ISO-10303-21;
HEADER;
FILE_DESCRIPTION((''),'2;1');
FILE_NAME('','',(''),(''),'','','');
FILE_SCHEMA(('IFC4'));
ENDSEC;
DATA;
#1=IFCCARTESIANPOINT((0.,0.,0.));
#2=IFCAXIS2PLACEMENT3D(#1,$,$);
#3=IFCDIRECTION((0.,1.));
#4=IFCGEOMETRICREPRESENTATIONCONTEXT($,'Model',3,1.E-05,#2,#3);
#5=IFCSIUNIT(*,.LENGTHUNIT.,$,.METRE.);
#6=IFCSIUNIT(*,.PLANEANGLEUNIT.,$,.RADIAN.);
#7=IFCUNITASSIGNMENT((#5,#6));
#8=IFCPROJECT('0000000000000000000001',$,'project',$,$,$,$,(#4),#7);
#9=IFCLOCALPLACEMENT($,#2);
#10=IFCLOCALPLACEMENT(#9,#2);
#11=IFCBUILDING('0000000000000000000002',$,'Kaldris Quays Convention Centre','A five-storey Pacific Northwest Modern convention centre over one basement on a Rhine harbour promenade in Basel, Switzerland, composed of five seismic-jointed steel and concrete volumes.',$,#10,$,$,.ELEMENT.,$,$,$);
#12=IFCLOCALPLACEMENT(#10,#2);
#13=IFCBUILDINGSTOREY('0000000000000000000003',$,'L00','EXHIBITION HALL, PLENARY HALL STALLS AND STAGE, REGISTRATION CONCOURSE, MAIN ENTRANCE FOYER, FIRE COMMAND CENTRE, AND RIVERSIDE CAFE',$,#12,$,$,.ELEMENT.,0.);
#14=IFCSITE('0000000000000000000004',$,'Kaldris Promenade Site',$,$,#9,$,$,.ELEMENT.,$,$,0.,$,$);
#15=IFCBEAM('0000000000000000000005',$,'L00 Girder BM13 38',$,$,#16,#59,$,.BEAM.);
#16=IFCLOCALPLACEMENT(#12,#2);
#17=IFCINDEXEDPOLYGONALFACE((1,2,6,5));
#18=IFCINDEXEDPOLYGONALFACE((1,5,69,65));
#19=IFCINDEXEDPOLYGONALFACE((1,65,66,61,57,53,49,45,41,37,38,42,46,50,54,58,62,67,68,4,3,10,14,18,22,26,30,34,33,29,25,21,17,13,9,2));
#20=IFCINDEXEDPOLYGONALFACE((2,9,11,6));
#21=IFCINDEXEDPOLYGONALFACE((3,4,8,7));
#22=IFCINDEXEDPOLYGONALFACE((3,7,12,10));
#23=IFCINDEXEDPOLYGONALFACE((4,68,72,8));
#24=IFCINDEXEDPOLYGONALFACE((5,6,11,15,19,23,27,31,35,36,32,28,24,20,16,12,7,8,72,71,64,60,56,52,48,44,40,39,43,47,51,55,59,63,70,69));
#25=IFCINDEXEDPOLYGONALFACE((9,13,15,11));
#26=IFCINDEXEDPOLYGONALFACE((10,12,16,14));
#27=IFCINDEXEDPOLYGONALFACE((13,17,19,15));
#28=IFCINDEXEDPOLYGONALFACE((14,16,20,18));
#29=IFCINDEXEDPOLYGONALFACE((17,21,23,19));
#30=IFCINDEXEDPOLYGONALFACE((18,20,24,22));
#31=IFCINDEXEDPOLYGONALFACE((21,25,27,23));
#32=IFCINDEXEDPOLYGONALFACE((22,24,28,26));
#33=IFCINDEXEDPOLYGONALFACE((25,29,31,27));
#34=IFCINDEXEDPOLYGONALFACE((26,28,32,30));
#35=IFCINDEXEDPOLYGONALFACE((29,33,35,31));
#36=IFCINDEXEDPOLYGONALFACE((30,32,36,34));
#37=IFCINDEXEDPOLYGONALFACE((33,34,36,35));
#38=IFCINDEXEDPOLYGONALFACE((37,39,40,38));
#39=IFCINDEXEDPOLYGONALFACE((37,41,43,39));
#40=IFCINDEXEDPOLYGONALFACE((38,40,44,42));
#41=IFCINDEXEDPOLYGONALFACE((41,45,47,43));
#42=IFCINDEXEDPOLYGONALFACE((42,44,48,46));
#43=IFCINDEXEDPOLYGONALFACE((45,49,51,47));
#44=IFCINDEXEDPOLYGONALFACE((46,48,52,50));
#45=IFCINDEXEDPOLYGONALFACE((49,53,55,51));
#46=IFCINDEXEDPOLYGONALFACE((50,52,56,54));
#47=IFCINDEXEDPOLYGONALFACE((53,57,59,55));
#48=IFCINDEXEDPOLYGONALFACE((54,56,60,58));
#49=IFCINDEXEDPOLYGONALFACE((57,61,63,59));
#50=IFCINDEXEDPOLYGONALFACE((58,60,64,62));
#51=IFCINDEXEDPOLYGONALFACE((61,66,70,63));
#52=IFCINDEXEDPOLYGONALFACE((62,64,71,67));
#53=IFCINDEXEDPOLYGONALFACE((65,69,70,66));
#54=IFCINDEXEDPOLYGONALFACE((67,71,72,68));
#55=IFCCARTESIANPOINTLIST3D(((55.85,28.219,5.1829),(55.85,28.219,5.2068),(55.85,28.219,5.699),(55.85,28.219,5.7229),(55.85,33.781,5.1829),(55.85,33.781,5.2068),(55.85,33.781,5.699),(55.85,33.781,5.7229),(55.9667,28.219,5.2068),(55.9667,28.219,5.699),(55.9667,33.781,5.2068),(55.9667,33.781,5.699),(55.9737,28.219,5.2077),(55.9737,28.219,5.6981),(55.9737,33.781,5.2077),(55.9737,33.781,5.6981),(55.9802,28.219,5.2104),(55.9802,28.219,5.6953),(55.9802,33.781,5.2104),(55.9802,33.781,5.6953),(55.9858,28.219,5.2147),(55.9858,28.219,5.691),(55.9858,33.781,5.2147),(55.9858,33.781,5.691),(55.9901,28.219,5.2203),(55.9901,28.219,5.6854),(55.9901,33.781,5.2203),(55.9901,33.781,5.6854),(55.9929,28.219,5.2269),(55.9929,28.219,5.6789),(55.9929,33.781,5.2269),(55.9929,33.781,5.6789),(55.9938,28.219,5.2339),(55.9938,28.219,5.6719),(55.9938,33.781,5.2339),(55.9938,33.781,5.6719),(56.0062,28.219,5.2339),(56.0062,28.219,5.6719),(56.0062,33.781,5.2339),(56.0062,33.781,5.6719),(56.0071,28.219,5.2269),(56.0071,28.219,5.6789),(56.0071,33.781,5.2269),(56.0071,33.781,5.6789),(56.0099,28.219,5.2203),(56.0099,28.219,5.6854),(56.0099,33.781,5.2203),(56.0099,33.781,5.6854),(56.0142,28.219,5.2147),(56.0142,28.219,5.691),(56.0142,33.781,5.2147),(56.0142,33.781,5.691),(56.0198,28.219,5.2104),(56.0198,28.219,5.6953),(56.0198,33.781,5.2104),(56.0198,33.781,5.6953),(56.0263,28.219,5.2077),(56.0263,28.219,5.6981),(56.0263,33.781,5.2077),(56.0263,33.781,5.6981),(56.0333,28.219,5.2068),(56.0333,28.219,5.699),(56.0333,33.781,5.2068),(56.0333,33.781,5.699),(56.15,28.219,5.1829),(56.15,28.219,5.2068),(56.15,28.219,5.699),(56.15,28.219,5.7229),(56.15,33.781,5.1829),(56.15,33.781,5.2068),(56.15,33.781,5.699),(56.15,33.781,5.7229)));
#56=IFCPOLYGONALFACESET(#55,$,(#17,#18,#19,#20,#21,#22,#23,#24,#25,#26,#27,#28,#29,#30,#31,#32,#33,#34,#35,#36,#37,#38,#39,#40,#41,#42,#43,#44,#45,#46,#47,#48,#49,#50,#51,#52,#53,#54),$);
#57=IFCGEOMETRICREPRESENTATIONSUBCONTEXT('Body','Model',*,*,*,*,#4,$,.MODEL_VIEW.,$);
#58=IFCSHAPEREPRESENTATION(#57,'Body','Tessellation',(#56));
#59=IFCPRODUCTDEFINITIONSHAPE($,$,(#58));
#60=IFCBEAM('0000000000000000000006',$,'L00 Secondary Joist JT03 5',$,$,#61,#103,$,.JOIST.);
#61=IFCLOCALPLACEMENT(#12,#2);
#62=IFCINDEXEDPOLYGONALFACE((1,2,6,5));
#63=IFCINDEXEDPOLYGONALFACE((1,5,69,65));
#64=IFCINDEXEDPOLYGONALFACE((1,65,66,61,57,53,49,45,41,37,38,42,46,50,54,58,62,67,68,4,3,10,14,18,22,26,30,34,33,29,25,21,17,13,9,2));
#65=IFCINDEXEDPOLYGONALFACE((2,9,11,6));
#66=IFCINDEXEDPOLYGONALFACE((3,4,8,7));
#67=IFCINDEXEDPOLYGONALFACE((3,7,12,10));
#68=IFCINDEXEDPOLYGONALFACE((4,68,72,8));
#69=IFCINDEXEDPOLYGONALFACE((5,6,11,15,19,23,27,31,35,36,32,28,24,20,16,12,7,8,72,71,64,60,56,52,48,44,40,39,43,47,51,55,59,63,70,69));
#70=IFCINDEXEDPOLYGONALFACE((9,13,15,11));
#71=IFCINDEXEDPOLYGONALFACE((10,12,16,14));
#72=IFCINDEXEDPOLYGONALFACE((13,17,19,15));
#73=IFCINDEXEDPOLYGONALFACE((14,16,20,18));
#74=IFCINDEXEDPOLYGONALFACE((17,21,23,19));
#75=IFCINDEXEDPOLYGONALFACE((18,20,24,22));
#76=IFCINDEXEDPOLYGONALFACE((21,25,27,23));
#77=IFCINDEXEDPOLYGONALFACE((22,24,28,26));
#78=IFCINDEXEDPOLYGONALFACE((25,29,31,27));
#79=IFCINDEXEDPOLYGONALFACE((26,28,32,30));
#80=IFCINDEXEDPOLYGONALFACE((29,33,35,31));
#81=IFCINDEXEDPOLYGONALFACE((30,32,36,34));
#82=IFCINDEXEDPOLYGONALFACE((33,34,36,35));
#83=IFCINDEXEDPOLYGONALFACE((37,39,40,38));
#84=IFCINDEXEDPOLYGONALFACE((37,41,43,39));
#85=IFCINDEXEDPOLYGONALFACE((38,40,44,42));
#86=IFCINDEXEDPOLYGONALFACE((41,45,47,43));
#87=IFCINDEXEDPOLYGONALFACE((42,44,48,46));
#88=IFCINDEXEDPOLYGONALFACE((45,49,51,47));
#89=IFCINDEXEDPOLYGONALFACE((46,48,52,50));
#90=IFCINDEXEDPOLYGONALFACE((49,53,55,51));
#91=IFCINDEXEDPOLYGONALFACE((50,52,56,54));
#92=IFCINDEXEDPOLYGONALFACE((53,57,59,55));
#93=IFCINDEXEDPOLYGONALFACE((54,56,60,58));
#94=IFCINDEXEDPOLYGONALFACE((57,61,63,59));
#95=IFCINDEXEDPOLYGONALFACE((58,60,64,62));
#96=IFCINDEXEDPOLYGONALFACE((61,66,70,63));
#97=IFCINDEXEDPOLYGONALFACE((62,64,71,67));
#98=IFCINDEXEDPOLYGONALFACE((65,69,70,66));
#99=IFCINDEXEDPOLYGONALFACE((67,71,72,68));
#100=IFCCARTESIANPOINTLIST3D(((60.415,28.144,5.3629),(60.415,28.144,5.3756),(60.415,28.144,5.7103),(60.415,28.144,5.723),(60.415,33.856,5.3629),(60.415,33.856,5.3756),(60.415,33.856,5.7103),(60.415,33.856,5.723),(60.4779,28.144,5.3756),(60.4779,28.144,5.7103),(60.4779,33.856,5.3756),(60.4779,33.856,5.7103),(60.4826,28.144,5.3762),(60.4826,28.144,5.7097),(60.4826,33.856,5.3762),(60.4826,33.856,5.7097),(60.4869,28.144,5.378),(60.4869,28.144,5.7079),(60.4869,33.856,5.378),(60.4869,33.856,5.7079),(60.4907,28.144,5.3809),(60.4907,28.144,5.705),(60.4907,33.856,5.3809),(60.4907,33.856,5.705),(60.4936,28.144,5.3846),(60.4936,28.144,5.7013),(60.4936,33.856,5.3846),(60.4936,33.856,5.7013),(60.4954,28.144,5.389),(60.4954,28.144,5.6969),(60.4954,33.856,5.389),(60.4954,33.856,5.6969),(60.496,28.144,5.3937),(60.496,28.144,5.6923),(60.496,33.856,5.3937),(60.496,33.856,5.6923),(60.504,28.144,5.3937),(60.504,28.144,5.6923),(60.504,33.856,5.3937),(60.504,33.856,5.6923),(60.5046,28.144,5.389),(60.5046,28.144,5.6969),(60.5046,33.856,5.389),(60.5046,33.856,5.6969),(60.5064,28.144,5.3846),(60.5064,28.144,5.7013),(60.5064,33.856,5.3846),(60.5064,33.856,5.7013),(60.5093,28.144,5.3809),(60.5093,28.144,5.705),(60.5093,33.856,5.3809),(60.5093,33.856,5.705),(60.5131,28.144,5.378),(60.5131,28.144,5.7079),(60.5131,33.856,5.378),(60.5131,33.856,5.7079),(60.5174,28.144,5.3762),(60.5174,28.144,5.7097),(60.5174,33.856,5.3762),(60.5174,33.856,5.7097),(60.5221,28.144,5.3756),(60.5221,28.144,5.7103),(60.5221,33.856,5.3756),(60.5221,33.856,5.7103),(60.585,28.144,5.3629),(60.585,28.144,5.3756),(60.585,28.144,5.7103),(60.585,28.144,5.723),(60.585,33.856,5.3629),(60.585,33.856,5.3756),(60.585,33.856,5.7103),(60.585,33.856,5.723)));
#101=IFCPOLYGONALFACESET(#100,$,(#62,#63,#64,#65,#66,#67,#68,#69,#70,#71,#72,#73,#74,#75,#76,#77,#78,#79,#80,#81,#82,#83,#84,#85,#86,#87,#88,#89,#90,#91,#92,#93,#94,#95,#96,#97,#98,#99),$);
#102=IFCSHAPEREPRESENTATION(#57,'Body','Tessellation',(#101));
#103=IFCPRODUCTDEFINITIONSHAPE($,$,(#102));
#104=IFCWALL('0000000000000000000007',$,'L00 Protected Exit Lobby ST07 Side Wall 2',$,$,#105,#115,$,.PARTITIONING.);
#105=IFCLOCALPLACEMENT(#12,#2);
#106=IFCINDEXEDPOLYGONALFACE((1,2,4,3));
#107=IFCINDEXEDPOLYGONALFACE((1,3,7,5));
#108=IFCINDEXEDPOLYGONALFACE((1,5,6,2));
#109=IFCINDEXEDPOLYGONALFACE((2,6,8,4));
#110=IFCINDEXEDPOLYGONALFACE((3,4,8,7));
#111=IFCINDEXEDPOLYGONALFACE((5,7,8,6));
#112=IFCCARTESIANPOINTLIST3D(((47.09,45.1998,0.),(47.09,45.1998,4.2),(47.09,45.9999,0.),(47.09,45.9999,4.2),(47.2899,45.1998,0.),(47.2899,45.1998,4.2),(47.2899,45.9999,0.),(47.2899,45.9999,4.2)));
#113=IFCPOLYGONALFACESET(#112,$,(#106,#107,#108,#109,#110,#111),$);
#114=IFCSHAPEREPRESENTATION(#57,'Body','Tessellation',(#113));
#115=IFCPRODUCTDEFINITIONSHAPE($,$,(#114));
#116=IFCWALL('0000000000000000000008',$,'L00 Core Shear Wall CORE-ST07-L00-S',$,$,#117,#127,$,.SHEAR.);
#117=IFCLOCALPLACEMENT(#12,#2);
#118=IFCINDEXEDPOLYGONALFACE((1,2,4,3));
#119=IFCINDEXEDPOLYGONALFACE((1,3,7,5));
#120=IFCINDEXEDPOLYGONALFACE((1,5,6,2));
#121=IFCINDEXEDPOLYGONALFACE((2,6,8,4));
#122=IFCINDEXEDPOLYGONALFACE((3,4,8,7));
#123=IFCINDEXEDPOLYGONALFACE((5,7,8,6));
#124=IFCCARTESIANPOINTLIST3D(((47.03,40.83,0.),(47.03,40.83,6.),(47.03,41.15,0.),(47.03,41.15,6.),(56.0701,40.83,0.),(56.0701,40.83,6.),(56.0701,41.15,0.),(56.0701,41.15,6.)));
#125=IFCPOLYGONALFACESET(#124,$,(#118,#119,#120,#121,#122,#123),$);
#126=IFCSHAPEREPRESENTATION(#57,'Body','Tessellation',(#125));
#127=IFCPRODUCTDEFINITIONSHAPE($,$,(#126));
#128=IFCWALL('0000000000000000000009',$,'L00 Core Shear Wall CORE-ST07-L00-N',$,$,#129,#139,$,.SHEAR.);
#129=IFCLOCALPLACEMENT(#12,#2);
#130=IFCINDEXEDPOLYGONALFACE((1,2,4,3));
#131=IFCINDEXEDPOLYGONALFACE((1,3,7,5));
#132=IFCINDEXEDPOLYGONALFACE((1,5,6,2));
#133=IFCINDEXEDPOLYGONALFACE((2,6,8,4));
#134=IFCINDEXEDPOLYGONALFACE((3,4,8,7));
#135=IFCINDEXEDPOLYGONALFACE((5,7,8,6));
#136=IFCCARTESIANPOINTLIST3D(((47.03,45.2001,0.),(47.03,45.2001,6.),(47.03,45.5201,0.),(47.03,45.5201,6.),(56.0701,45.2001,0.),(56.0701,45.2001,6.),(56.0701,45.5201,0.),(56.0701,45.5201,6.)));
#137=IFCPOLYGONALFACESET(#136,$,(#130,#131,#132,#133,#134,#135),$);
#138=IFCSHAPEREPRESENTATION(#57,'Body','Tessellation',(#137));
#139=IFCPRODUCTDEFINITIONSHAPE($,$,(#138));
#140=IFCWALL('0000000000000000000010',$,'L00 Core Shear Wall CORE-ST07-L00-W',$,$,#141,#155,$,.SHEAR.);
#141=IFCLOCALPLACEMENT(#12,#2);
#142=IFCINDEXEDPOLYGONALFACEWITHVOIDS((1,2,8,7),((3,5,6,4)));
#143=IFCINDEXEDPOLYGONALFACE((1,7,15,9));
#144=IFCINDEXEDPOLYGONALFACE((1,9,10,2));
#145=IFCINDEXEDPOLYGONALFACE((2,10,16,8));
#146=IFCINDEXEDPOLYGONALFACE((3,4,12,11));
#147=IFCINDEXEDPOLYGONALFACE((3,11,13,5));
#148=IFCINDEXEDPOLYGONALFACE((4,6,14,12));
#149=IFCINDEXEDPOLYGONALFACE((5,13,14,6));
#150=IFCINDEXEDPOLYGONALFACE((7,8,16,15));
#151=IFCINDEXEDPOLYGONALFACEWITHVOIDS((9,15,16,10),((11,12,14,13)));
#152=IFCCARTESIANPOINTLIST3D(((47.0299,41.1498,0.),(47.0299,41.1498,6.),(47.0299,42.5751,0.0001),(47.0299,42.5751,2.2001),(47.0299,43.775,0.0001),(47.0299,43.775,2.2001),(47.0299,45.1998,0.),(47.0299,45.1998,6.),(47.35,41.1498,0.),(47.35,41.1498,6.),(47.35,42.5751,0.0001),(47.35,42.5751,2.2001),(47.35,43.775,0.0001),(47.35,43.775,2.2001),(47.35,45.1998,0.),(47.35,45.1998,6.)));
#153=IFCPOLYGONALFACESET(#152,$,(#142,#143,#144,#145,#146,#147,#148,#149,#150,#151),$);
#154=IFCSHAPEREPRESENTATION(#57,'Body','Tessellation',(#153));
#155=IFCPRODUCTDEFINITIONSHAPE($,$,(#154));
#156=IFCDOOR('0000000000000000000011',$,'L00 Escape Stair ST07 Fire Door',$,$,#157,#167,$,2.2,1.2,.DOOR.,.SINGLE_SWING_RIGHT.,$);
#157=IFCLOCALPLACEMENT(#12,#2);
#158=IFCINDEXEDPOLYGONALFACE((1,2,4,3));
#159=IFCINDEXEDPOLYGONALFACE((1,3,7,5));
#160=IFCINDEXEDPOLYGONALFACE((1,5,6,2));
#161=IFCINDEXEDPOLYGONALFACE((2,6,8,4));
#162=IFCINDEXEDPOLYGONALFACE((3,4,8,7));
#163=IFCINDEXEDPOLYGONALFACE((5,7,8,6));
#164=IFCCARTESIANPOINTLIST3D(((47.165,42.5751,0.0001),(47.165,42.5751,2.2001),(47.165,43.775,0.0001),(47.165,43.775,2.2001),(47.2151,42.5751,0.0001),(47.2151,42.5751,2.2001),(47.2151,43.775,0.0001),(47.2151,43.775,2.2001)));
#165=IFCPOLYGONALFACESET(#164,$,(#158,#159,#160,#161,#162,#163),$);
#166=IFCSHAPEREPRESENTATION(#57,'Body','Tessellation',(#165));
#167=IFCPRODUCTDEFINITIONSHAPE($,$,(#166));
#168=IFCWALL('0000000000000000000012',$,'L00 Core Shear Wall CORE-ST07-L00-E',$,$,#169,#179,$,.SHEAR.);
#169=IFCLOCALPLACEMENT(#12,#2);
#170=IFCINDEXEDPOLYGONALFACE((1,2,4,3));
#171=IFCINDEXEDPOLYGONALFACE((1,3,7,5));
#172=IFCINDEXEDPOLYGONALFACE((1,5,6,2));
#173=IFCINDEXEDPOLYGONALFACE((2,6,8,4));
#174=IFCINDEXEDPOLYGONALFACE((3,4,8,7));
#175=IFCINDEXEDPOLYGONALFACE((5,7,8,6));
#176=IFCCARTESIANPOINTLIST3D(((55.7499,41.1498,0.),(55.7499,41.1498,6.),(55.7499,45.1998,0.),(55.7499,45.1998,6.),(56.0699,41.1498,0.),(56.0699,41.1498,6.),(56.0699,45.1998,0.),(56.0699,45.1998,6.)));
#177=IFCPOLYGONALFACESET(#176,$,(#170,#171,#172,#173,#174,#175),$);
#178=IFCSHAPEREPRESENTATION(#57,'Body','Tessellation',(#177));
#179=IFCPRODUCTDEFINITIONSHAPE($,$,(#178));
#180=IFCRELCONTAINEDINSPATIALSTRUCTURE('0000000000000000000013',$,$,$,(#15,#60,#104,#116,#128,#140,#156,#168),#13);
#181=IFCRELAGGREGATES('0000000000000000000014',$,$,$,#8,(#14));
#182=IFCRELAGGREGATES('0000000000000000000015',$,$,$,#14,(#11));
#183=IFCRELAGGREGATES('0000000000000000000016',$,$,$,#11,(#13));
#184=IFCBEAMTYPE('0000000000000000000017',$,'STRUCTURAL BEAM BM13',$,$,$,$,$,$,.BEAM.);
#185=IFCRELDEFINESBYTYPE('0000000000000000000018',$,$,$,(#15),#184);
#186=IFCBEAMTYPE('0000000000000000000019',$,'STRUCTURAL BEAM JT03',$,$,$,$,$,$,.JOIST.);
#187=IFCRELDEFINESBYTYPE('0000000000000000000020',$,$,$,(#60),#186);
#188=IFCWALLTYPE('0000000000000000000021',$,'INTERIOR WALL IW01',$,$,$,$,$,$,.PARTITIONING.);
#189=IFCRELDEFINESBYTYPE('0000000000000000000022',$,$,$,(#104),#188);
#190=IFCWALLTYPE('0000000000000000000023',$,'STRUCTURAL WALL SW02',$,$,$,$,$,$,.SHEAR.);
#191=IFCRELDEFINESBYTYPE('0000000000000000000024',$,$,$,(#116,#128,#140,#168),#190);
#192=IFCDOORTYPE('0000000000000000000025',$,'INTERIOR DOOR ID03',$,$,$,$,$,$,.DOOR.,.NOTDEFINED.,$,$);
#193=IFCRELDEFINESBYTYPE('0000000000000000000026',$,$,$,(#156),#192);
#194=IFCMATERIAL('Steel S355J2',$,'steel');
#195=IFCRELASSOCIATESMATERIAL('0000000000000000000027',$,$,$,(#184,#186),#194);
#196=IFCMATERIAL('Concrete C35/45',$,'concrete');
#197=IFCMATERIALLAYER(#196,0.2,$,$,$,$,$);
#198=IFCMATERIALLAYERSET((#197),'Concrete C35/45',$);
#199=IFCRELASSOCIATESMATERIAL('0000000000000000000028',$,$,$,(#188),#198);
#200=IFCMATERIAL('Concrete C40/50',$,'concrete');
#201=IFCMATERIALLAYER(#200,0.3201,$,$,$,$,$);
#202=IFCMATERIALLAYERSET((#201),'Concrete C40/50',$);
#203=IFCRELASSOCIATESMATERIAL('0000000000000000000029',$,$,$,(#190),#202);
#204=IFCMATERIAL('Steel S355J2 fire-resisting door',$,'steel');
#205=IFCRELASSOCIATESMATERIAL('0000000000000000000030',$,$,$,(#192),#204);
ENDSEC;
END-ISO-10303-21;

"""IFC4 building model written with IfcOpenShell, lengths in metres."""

from ifc_helpers import new_model, si_unit, direction, frame, frame_2d, origin, origin_2d, place, context, subcontext, project, spatial, rectangle, i_section, extrude, material, layer, layer_set, material_profile, profile_set, type_object, element, fill, save


model = new_model("IFC4")

# Units and contexts
model_context = context("Model", 3, precision=1e-05, world=origin(), true_north=direction((0.0, 1.0)))
body_context = subcontext(model_context, "Body", "Model", "MODEL_VIEW")
ifc_project = project(units=[si_unit("LENGTHUNIT", "METRE"), si_unit("PLANEANGLEUNIT", "RADIAN")], contexts=[model_context])

# Site, building, storey
site_placement = place(None, origin())
site = spatial("IfcSite", under=ifc_project, at=site_placement, Name="Kaldris Promenade Site", CompositionType="ELEMENT", RefElevation=0.0)
building_placement = place(site_placement, origin())
building = spatial("IfcBuilding", under=site, at=building_placement, Name="Kaldris Quays Convention Centre", Description="A five-storey Pacific Northwest Modern convention centre over one basement on a Rhine harbour promenade in Basel, Switzerland, composed of five seismic-jointed steel and concrete volumes.", CompositionType="ELEMENT")
storey_placement = place(building_placement, origin())
storey = spatial("IfcBuildingStorey", under=building, at=storey_placement, Name="L00", Description="EXHIBITION HALL, PLENARY HALL STALLS AND STAGE, REGISTRATION CONCOURSE, MAIN ENTRANCE FOYER, FIRE COMMAND CENTRE, AND RIVERSIDE CAFE", CompositionType="ELEMENT", Elevation=0.0)

# Shared definitions
ifc_material_1 = material(Name="Steel S355J2", Category="steel")

# Beams
ifc_material_profile_1 = material_profile(ifc_material_1, i_section(OverallWidth=0.3, OverallDepth=0.54, WebThickness=0.0125, FlangeThickness=0.0239, FilletRadius=0.0271, at=origin_2d()), Name="HEA 550")
ifc_profile_set_1 = profile_set([ifc_material_profile_1], Name="Steel S355J2")
beam_type_1 = type_object("IfcBeamType", Name="STRUCTURAL BEAM BM13", PredefinedType="BEAM", material=ifc_profile_set_1)
for number, where, z_axis, x_axis, name in (
    (1, (56.0, 28.219, 5.4529), (0.0, 1.0, 0.0), (-1.0, 0.0, 0.0), "L00 Girder BM13 38"),
):
    element("IfcBeam", number, at=place(storey_placement, frame(where, z_axis=z_axis, x_axis=x_axis)), inside=storey, type_object=beam_type_1, Name=name, PredefinedType="BEAM", context=body_context, shape_type="SweptSolid", body=[
        extrude(i_section(OverallWidth=0.3, OverallDepth=0.54, WebThickness=0.0125, FlangeThickness=0.0239, FilletRadius=0.0271, at=origin_2d()), origin(), (0.0, 0.0, 1.0), 5.562),
    ])
ifc_material_profile_2 = material_profile(ifc_material_1, i_section(OverallWidth=0.1699, OverallDepth=0.3601, WebThickness=0.0081, FlangeThickness=0.0127, FilletRadius=0.0181, at=origin_2d()), Name="IPE 360")
ifc_profile_set_2 = profile_set([ifc_material_profile_2], Name="Steel S355J2")
beam_type_2 = type_object("IfcBeamType", Name="STRUCTURAL BEAM JT03", PredefinedType="JOIST", material=ifc_profile_set_2)
beam_1_placement = place(storey_placement, frame((60.5, 28.144, 5.543), z_axis=(0.0, 1.0, 0.0), x_axis=(-1.0, 0.0, 0.0)))
element("IfcBeam", 2, at=beam_1_placement, inside=storey, type_object=beam_type_2, Name="L00 Secondary Joist JT03 5", PredefinedType="JOIST", context=body_context, shape_type="SweptSolid", body=[
    extrude(i_section(OverallWidth=0.1699, OverallDepth=0.3601, WebThickness=0.0081, FlangeThickness=0.0127, FilletRadius=0.0181, at=origin_2d()), origin(), (0.0, 0.0, 1.0), 5.7119),
])

# Walls
ifc_material_2 = material(Name="Concrete C35/45", Category="concrete")
ifc_layer_1 = layer(ifc_material_2, 0.2)
ifc_layer_set_1 = layer_set([ifc_layer_1], Name="Concrete C35/45")
wall_type_1 = type_object("IfcWallType", Name="INTERIOR WALL IW01", PredefinedType="PARTITIONING", material=ifc_layer_set_1)
wall_1_placement = place(storey_placement, frame((47.1899, 45.2, 0.0), z_axis=(0.0, 0.0, 1.0), x_axis=(0.0, 1.0, 0.0)))
element("IfcWall", 3, at=wall_1_placement, inside=storey, type_object=wall_type_1, Name="L00 Protected Exit Lobby ST07 Side Wall 2", PredefinedType="PARTITIONING", context=body_context, shape_type="SweptSolid", body=[
    extrude(rectangle(XDim=0.8, YDim=0.2, at=frame_2d((0.3999, 0.0))), origin(), (0.0, 0.0, 1.0), 4.2),
])
ifc_material_3 = material(Name="Concrete C40/50", Category="concrete")
ifc_layer_2 = layer(ifc_material_3, 0.3201)
ifc_layer_set_2 = layer_set([ifc_layer_2], Name="Concrete C40/50")
wall_type_2 = type_object("IfcWallType", Name="STRUCTURAL WALL SW02", PredefinedType="SHEAR", material=ifc_layer_set_2)
for number, where, z_axis, x_axis, name in (
    (4, (47.03, 40.99, 0.0), (0.0, 0.0, 1.0), (1.0, 0.0, 0.0), "L00 Core Shear Wall CORE-ST07-L00-S"),
    (5, (47.03, 45.3601, 0.0), (0.0, 0.0, 1.0), (1.0, 0.0, 0.0), "L00 Core Shear Wall CORE-ST07-L00-N"),
):
    element("IfcWall", number, at=place(storey_placement, frame(where, z_axis=z_axis, x_axis=x_axis)), inside=storey, type_object=wall_type_2, Name=name, PredefinedType="SHEAR", context=body_context, shape_type="SweptSolid", body=[
        extrude(rectangle(XDim=9.04, YDim=0.3201, at=frame_2d((4.52, 0.0))), origin(), (0.0, 0.0, 1.0), 6.0),
    ])

# Wall, opening, door
wall_2_placement = place(storey_placement, frame((47.1899, 41.1499, 0.0), z_axis=(0.0, 0.0, 1.0), x_axis=(0.0, 1.0, 0.0)))
wall_2 = element("IfcWall", 6, at=wall_2_placement, inside=storey, type_object=wall_type_2, Name="L00 Core Shear Wall CORE-ST07-L00-W", PredefinedType="SHEAR", context=body_context, shape_type="SweptSolid", body=[
    extrude(rectangle(XDim=4.05, YDim=0.3201, at=frame_2d((2.0249, 0.0))), origin(), (0.0, 0.0, 1.0), 6.0),
])
opening_placement = place(wall_2_placement, frame((1.425, 0.0, 0.0)))
opening = element("IfcOpeningElement", 7, at=opening_placement, cuts=wall_2, PredefinedType="OPENING", context=body_context, shape_type="SweptSolid", body=[
    extrude(rectangle(XDim=1.2, YDim=2.2, at=frame_2d((0.6001, 1.1001))), frame((0.0, 0.1699, 0.0), z_axis=(0.0, -1.0, 0.0), x_axis=(1.0, 0.0, 0.0)), (0.0, 0.0, 1.0), 0.3401),
])
ifc_material_4 = material(Name="Steel S355J2 fire-resisting door", Category="steel")
door_type = type_object("IfcDoorType", Name="INTERIOR DOOR ID03", OperationType="NOTDEFINED", PredefinedType="DOOR", material=ifc_material_4)
door_placement = place(opening_placement, origin())
door = element("IfcDoor", 8, at=door_placement, inside=storey, type_object=door_type, Name="L00 Escape Stair ST07 Fire Door", OperationType="SINGLE_SWING_RIGHT", OverallHeight=2.2, OverallWidth=1.2, PredefinedType="DOOR", context=body_context, shape_type="SweptSolid", body=[
    extrude(rectangle(XDim=1.2, YDim=2.2, at=frame_2d((0.6001, 1.1001))), frame((0.0, 0.0249, 0.0), z_axis=(0.0, -1.0, 0.0), x_axis=(1.0, 0.0, 0.0)), (0.0, 0.0, 1.0), 0.05),
])
fill(opening, door)

# Wall
wall_3_placement = place(storey_placement, frame((55.9099, 41.1499, 0.0), z_axis=(0.0, 0.0, 1.0), x_axis=(0.0, 1.0, 0.0)))
element("IfcWall", 9, at=wall_3_placement, inside=storey, type_object=wall_type_2, Name="L00 Core Shear Wall CORE-ST07-L00-E", PredefinedType="SHEAR", context=body_context, shape_type="SweptSolid", body=[
    extrude(rectangle(XDim=4.05, YDim=0.3201, at=frame_2d((2.0249, 0.0))), origin(), (0.0, 0.0, 1.0), 6.0),
])

save(model, "model.ifc")
